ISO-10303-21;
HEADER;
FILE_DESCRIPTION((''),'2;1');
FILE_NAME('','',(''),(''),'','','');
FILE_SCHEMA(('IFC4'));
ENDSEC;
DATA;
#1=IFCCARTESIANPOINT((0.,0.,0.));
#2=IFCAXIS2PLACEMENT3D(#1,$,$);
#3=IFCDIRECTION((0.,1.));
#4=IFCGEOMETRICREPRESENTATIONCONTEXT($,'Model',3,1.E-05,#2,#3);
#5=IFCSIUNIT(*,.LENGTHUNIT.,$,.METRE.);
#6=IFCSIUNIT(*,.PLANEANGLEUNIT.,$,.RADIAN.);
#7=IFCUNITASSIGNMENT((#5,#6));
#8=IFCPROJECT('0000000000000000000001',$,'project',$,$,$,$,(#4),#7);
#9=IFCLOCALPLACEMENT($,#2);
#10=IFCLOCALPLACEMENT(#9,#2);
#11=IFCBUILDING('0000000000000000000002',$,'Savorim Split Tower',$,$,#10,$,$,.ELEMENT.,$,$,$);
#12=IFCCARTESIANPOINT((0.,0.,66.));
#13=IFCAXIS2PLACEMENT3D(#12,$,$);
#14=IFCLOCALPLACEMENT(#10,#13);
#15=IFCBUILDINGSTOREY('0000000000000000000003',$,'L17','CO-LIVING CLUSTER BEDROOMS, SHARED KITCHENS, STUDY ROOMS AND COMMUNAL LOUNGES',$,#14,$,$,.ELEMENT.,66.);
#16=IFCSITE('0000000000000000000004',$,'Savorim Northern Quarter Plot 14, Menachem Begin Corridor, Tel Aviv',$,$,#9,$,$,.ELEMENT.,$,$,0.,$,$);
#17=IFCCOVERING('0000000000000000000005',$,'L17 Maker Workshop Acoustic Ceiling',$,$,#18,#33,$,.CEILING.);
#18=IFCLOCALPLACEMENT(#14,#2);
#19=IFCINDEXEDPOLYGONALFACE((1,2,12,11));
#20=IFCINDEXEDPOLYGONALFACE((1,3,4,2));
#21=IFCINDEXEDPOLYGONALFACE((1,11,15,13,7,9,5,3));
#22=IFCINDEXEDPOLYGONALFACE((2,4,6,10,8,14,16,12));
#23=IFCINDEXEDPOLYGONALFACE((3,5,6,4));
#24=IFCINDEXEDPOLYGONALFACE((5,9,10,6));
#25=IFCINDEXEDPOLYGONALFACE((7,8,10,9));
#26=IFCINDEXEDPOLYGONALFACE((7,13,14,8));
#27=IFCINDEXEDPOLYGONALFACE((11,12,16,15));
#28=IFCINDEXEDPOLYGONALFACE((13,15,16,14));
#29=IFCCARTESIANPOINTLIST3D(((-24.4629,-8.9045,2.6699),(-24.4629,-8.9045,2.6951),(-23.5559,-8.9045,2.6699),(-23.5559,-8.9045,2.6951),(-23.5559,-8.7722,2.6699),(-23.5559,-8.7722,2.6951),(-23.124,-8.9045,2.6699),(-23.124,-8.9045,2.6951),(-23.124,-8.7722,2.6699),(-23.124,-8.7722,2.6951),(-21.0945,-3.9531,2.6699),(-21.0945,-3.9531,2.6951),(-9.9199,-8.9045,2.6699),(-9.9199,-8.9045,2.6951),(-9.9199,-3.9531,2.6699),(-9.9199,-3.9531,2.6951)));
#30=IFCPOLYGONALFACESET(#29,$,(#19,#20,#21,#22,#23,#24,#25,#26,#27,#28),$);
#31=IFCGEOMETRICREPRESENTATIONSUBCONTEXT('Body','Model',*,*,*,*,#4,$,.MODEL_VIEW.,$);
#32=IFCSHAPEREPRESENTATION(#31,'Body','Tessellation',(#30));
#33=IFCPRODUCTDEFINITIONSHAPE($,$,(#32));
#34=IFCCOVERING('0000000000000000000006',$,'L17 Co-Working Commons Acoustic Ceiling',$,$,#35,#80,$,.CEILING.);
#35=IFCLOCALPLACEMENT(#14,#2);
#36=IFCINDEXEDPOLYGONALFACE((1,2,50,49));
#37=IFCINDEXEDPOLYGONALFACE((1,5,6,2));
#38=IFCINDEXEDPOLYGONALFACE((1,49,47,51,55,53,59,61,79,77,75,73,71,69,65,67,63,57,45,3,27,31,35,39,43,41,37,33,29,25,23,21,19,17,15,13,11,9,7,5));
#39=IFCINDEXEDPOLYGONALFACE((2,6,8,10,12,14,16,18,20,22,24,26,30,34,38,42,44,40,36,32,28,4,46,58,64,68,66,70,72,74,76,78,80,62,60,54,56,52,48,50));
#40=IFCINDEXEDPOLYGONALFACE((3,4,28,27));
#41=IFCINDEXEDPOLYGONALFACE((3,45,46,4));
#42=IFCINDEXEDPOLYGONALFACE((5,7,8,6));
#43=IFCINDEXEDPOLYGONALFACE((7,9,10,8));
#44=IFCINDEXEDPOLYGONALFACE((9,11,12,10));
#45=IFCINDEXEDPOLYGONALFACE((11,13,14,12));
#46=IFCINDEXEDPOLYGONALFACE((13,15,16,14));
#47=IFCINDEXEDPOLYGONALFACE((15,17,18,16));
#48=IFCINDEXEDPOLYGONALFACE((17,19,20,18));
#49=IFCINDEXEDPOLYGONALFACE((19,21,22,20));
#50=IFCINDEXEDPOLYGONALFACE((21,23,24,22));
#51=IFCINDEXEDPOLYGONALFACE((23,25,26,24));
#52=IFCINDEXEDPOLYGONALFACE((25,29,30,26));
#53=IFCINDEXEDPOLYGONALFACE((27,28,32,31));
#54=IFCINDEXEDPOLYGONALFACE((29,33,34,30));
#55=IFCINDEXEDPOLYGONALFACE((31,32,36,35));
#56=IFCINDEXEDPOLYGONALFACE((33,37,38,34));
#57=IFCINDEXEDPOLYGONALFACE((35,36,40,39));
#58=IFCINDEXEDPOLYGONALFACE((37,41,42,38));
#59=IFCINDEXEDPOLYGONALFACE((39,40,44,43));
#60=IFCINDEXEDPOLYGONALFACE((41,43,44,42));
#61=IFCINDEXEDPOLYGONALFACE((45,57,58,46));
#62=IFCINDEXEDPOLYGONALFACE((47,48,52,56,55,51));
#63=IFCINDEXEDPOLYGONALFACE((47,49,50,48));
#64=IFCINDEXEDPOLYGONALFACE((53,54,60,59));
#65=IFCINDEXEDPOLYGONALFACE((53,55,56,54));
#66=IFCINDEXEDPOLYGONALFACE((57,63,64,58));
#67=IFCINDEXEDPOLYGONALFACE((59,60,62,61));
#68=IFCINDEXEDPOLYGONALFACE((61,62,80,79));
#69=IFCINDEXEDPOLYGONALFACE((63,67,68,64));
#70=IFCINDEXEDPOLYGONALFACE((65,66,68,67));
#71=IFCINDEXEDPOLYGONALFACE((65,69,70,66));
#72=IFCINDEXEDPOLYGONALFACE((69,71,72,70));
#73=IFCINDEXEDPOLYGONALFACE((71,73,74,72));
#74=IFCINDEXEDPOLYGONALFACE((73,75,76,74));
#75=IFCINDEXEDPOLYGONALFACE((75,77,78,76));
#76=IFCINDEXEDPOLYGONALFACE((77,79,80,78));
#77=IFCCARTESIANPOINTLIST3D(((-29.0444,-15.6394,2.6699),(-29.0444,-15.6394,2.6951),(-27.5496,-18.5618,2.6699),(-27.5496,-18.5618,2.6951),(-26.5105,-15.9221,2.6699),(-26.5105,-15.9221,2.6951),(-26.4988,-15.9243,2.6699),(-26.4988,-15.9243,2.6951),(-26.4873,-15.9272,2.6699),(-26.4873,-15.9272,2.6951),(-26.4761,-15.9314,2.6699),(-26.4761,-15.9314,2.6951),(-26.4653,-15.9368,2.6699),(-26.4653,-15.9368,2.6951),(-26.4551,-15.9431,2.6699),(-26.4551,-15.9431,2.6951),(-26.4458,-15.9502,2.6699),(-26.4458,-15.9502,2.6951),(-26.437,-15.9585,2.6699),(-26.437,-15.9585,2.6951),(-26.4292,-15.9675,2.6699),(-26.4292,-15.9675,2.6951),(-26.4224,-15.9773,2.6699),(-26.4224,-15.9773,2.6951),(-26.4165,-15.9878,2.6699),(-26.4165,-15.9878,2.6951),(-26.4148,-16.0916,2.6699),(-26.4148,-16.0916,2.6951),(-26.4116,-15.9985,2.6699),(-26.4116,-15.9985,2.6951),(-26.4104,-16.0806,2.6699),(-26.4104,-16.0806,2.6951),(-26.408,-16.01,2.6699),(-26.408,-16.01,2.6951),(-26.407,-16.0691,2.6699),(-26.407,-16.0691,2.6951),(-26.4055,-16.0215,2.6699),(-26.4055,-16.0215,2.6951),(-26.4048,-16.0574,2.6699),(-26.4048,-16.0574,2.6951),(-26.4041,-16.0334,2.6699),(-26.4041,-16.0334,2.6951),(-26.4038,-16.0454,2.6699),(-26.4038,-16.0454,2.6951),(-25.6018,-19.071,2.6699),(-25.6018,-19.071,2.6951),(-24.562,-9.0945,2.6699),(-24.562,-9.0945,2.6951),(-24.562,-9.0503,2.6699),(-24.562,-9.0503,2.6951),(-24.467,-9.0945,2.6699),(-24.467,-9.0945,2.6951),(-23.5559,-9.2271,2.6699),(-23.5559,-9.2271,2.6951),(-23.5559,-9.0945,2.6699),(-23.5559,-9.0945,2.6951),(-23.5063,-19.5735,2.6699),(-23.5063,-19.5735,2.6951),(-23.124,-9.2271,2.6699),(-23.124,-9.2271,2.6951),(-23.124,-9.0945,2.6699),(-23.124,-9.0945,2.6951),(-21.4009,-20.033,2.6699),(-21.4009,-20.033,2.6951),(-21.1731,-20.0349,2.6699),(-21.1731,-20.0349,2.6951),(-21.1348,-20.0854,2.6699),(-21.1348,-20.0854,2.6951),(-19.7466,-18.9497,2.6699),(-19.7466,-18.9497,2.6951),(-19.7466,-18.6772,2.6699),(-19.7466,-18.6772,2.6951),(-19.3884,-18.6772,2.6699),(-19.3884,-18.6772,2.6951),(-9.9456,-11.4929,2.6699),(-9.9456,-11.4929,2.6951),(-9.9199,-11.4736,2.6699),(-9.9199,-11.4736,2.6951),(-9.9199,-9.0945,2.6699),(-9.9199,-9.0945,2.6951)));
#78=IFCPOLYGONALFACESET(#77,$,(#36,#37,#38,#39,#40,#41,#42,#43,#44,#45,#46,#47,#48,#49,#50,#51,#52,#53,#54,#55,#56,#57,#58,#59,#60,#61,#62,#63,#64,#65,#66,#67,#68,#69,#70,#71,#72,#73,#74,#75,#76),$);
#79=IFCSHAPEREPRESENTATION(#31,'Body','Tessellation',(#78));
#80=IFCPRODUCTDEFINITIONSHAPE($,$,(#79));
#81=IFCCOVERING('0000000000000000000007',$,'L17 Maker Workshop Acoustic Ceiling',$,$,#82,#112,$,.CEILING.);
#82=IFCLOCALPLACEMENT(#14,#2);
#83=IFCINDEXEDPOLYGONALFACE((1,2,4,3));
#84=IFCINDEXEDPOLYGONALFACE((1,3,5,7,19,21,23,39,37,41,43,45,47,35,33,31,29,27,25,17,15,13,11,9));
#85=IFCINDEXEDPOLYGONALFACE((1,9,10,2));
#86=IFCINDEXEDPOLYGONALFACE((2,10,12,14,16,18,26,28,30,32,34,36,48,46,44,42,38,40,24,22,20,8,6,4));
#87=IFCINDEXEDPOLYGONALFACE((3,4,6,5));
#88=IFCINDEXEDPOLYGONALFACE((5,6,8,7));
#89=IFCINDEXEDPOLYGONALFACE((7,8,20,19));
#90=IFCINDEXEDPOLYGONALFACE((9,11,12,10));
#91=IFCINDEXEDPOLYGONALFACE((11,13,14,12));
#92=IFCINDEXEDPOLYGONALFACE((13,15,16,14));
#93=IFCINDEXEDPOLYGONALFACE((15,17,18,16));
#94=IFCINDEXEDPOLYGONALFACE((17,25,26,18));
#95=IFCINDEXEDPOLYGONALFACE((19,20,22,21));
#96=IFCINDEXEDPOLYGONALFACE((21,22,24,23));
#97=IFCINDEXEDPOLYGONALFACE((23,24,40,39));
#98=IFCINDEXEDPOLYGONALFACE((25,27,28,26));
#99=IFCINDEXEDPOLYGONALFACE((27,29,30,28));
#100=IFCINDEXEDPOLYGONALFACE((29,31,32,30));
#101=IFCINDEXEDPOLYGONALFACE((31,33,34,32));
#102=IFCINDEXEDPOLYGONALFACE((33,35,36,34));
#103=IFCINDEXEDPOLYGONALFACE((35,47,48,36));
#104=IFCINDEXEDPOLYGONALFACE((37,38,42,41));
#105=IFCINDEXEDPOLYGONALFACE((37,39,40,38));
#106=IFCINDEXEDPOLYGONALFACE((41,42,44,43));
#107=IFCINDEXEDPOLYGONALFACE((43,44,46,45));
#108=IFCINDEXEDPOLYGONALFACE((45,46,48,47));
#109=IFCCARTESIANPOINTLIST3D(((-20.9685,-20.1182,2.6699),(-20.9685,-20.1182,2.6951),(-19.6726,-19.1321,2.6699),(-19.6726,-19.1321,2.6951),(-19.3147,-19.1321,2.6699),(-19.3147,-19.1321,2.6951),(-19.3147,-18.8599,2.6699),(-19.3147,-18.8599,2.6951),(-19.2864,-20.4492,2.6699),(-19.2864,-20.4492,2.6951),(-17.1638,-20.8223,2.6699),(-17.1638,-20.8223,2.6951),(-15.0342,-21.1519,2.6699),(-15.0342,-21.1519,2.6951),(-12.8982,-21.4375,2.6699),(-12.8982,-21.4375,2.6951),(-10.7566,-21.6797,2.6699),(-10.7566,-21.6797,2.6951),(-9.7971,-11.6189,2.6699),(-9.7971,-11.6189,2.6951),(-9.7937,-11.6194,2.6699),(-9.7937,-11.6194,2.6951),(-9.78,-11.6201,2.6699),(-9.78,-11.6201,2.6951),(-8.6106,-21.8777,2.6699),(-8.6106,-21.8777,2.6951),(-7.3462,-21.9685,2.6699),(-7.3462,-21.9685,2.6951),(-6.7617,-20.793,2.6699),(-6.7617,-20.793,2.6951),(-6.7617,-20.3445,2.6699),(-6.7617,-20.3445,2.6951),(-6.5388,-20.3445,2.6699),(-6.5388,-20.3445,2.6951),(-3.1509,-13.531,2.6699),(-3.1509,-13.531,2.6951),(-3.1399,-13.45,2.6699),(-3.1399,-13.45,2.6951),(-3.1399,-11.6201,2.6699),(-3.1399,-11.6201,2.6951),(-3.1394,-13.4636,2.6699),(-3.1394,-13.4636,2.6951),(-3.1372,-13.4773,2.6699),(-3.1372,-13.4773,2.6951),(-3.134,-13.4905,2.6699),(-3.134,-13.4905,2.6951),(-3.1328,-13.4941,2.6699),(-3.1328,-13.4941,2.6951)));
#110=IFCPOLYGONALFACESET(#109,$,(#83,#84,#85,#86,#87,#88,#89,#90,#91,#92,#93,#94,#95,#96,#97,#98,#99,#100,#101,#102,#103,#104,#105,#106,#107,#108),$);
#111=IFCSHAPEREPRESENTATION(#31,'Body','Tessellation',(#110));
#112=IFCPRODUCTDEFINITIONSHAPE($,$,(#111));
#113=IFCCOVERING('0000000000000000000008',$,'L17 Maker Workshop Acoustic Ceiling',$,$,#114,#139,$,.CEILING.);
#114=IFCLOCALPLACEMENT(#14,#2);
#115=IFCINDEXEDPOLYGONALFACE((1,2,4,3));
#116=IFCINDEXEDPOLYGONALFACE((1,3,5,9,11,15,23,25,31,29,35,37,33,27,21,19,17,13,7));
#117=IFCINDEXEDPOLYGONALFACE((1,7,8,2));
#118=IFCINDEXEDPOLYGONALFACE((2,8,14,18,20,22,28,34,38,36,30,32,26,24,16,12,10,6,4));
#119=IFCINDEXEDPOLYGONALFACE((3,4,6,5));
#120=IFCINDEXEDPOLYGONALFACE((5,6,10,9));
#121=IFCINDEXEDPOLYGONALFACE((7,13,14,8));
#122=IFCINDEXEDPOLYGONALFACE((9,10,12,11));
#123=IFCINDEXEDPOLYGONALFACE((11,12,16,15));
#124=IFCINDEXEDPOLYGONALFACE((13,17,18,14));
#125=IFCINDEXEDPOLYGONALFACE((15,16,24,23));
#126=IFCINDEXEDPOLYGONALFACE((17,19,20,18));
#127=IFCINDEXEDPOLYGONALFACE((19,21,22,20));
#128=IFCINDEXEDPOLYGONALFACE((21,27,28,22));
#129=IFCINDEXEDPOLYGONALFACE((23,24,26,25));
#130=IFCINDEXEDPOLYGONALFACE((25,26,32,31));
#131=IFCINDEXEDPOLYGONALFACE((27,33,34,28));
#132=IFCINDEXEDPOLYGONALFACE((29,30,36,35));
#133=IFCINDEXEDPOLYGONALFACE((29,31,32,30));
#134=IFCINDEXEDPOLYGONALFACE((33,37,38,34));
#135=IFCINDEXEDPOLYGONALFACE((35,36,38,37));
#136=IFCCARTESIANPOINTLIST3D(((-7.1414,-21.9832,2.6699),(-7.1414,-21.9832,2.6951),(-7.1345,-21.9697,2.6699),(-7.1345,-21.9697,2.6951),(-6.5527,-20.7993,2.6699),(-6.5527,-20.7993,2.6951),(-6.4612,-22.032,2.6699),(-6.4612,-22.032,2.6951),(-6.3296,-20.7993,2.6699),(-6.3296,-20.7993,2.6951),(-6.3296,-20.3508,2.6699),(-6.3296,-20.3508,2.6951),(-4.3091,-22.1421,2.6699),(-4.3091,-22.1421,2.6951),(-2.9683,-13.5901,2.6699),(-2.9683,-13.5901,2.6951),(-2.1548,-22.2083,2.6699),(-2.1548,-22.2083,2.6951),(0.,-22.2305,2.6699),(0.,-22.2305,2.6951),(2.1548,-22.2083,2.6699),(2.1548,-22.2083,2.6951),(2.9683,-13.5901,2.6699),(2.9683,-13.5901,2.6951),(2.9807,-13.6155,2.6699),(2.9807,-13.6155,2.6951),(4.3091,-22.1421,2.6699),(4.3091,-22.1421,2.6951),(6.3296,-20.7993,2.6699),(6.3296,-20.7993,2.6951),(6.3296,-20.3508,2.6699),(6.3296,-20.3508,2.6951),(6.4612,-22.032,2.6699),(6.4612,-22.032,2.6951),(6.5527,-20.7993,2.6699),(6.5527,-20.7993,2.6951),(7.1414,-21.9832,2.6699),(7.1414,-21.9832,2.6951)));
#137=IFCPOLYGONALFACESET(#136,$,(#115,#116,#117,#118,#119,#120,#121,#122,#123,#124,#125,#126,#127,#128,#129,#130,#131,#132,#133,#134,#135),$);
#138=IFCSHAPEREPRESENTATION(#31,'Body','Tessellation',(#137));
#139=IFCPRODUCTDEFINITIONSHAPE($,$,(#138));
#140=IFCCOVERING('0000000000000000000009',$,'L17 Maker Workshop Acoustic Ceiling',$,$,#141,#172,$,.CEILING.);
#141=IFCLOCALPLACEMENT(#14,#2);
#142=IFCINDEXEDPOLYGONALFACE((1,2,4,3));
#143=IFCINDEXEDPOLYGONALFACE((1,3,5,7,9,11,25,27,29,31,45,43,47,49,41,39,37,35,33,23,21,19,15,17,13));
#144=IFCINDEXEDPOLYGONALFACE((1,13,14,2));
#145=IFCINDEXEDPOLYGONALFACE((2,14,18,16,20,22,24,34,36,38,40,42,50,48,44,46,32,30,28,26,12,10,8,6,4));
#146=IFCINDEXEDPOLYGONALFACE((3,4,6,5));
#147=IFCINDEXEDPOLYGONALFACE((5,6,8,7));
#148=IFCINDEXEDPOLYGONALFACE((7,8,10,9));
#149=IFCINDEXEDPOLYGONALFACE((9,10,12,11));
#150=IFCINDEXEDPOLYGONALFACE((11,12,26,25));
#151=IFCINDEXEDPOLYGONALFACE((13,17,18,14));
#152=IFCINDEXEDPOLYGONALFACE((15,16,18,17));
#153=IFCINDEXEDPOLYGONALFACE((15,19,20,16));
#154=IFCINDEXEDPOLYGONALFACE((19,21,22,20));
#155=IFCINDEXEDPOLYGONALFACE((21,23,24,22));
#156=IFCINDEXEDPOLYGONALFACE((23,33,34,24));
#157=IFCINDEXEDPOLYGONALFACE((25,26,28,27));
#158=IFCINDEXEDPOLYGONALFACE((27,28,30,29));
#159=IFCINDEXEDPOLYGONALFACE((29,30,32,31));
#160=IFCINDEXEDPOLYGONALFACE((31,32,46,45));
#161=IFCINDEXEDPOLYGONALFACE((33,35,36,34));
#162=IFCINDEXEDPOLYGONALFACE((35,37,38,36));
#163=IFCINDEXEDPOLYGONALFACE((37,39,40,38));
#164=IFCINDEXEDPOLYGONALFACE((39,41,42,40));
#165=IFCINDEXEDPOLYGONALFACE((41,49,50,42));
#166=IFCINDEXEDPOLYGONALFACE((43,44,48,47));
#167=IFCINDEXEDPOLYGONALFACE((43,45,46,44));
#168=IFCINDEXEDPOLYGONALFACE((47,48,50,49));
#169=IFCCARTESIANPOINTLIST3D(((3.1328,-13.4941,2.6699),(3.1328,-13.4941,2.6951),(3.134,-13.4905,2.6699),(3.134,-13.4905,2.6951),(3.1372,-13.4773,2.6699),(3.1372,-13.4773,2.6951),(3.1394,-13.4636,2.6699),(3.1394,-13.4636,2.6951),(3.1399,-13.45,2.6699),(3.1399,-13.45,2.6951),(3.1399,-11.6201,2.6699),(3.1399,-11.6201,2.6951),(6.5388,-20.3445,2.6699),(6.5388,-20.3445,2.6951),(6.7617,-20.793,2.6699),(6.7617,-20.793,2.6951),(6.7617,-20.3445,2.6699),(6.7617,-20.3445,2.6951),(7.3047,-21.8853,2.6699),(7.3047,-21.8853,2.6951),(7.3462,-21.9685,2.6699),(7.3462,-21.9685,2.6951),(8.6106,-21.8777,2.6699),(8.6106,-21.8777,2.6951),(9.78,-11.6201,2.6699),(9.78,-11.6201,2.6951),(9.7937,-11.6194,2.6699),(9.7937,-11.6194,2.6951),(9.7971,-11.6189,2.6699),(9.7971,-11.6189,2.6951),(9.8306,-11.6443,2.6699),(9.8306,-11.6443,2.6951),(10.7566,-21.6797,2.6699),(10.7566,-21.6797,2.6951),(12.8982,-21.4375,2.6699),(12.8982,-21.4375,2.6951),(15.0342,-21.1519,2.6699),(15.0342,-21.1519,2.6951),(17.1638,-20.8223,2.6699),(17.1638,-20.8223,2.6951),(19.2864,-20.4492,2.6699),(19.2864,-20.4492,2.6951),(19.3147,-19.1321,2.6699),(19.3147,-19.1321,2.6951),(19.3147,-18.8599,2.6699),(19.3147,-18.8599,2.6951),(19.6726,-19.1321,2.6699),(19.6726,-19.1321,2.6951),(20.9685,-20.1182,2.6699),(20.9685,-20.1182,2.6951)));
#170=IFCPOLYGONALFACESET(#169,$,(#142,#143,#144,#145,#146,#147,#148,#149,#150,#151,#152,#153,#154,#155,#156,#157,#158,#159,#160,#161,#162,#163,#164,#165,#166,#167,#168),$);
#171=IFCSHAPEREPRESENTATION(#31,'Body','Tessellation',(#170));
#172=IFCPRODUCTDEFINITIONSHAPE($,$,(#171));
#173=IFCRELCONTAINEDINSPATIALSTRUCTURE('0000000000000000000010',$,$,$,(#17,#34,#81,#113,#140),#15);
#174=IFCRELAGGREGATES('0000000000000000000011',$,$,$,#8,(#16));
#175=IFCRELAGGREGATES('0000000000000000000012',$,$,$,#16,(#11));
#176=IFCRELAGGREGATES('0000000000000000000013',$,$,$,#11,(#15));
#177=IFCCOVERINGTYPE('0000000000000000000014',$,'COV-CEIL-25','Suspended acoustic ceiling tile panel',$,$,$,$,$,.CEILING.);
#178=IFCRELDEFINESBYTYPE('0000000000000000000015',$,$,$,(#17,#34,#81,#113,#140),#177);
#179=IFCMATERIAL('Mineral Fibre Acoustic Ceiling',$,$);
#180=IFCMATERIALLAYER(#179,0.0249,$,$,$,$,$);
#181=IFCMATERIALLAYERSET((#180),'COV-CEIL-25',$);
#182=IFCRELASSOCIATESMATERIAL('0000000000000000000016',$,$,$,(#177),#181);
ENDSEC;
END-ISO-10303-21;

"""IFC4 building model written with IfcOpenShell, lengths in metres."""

from ifc_helpers import new_model, si_unit, direction, frame, origin, place, context, subcontext, project, spatial, polyline, outline, extrude, material, layer, layer_set, type_object, element, save


model = new_model("IFC4")

# Units and contexts
model_context = context("Model", 3, precision=1e-05, world=origin(), true_north=direction((0.0, 1.0)))
body_context = subcontext(model_context, "Body", "Model", "MODEL_VIEW")
ifc_project = project(units=[si_unit("LENGTHUNIT", "METRE"), si_unit("PLANEANGLEUNIT", "RADIAN")], contexts=[model_context])

# Site, building, storey
site_placement = place(None, origin())
site = spatial("IfcSite", under=ifc_project, at=site_placement, Name="Savorim Northern Quarter Plot 14, Menachem Begin Corridor, Tel Aviv", CompositionType="ELEMENT", RefElevation=0.0)
building_placement = place(site_placement, origin())
building = spatial("IfcBuilding", under=site, at=building_placement, Name="Savorim Split Tower", CompositionType="ELEMENT")
storey_placement = place(building_placement, frame((0.0, 0.0, 66.0)))
storey = spatial("IfcBuildingStorey", under=building, at=storey_placement, Name="L17", Description="CO-LIVING CLUSTER BEDROOMS, SHARED KITCHENS, STUDY ROOMS AND COMMUNAL LOUNGES", CompositionType="ELEMENT", Elevation=66.0)

# Coverings
ifc_material_1 = material(Name="Mineral Fibre Acoustic Ceiling")
ifc_layer_1 = layer(ifc_material_1, 0.0249)
ifc_layer_set_1 = layer_set([ifc_layer_1], Name="COV-CEIL-25")
covering_type_1 = type_object("IfcCoveringType", Name="COV-CEIL-25", Description="Suspended acoustic ceiling tile panel", PredefinedType="CEILING", material=ifc_layer_set_1)
covering_1_placement = place(storey_placement, frame((0.0, 0.0, 2.6699)))
element("IfcCovering", 1, at=covering_1_placement, inside=storey, type_object=covering_type_1, Name="L17 Maker Workshop Acoustic Ceiling", PredefinedType="CEILING", context=body_context, shape_type="SweptSolid", body=[
    extrude(outline(polyline([(-23.124, -8.7722), (-23.124, -8.9045), (-9.9199, -8.9045), (-9.9199, -3.9531), (-21.0945, -3.9531), (-24.4629, -8.9045), (-23.5559, -8.9045), (-23.5559, -8.7722), (-23.124, -8.7722)])), origin(), (0.0, 0.0, 1.0), 0.0251),
])
covering_2_placement = place(storey_placement, frame((0.0, 0.0, 2.6699)))
element("IfcCovering", 2, at=covering_2_placement, inside=storey, type_object=covering_type_1, Name="L17 Co-Working Commons Acoustic Ceiling", PredefinedType="CEILING", context=body_context, shape_type="SweptSolid", body=[
    extrude(outline(polyline([(-26.4041, -16.0334), (-26.4038, -16.0454), (-26.4048, -16.0574), (-26.407, -16.0691), (-26.4104, -16.0806), (-26.4148, -16.0916), (-27.5496, -18.5618), (-25.6018, -19.071), (-23.5063, -19.5735), (-21.4009, -20.033), (-21.1348, -20.0854), (-21.1731, -20.0349), (-19.7466, -18.9497), (-19.7466, -18.6772), (-19.3884, -18.6772), (-9.9456, -11.4929), (-9.9199, -11.4736), (-9.9199, -9.0945), (-23.124, -9.0945), (-23.124, -9.2271), (-23.5559, -9.2271), (-23.5559, -9.0945), (-24.467, -9.0945), (-24.562, -9.0945), (-24.562, -9.0503), (-29.0444, -15.6394), (-26.5105, -15.9221), (-26.4988, -15.9243), (-26.4873, -15.9272), (-26.4761, -15.9314), (-26.4653, -15.9368), (-26.4551, -15.9431), (-26.4458, -15.9502), (-26.437, -15.9585), (-26.4292, -15.9675), (-26.4224, -15.9773), (-26.4165, -15.9878), (-26.4116, -15.9985), (-26.408, -16.01), (-26.4055, -16.0215), (-26.4041, -16.0334)])), origin(), (0.0, 0.0, 1.0), 0.0251),
])
covering_3_placement = place(storey_placement, frame((0.0, 0.0, 2.6699)))
element("IfcCovering", 3, at=covering_3_placement, inside=storey, type_object=covering_type_1, Name="L17 Maker Workshop Acoustic Ceiling", PredefinedType="CEILING", context=body_context, shape_type="SweptSolid", body=[
    extrude(outline(polyline([(-15.0342, -21.1519), (-12.8982, -21.4375), (-10.7566, -21.6797), (-8.6106, -21.8777), (-7.3462, -21.9685), (-6.7617, -20.793), (-6.7617, -20.3445), (-6.5388, -20.3445), (-3.1509, -13.531), (-3.1328, -13.4941), (-3.134, -13.4905), (-3.1372, -13.4773), (-3.1394, -13.4636), (-3.1399, -13.45), (-3.1399, -11.6201), (-9.78, -11.6201), (-9.7937, -11.6194), (-9.7971, -11.6189), (-19.3147, -18.8599), (-19.3147, -19.1321), (-19.6726, -19.1321), (-20.9685, -20.1182), (-19.2864, -20.4492), (-17.1638, -20.8223), (-15.0342, -21.1519)])), origin(), (0.0, 0.0, 1.0), 0.0251),
])
covering_4_placement = place(storey_placement, frame((0.0, 0.0, 2.6699)))
element("IfcCovering", 4, at=covering_4_placement, inside=storey, type_object=covering_type_1, Name="L17 Maker Workshop Acoustic Ceiling", PredefinedType="CEILING", context=body_context, shape_type="SweptSolid", body=[
    extrude(outline(polyline([(0.0, -22.2305), (2.1548, -22.2083), (4.3091, -22.1421), (6.4612, -22.032), (7.1414, -21.9832), (6.5527, -20.7993), (6.3296, -20.7993), (6.3296, -20.3508), (2.9807, -13.6155), (2.9683, -13.5901), (-2.9683, -13.5901), (-6.3296, -20.3508), (-6.3296, -20.7993), (-6.5527, -20.7993), (-7.1345, -21.9697), (-7.1414, -21.9832), (-6.4612, -22.032), (-4.3091, -22.1421), (-2.1548, -22.2083), (0.0, -22.2305)])), origin(), (0.0, 0.0, 1.0), 0.0251),
])
covering_5_placement = place(storey_placement, frame((0.0, 0.0, 2.6699)))
element("IfcCovering", 5, at=covering_5_placement, inside=storey, type_object=covering_type_1, Name="L17 Maker Workshop Acoustic Ceiling", PredefinedType="CEILING", context=body_context, shape_type="SweptSolid", body=[
    extrude(outline(polyline([(12.8982, -21.4375), (15.0342, -21.1519), (17.1638, -20.8223), (19.2864, -20.4492), (20.9685, -20.1182), (19.6726, -19.1321), (19.3147, -19.1321), (19.3147, -18.8599), (9.8306, -11.6443), (9.7971, -11.6189), (9.7937, -11.6194), (9.78, -11.6201), (3.1399, -11.6201), (3.1399, -13.45), (3.1394, -13.4636), (3.1372, -13.4773), (3.134, -13.4905), (3.1328, -13.4941), (6.5388, -20.3445), (6.7617, -20.3445), (6.7617, -20.793), (7.3047, -21.8853), (7.3462, -21.9685), (8.6106, -21.8777), (10.7566, -21.6797), (12.8982, -21.4375)])), origin(), (0.0, 0.0, 1.0), 0.0251),
])

save(model, "model.ifc")
